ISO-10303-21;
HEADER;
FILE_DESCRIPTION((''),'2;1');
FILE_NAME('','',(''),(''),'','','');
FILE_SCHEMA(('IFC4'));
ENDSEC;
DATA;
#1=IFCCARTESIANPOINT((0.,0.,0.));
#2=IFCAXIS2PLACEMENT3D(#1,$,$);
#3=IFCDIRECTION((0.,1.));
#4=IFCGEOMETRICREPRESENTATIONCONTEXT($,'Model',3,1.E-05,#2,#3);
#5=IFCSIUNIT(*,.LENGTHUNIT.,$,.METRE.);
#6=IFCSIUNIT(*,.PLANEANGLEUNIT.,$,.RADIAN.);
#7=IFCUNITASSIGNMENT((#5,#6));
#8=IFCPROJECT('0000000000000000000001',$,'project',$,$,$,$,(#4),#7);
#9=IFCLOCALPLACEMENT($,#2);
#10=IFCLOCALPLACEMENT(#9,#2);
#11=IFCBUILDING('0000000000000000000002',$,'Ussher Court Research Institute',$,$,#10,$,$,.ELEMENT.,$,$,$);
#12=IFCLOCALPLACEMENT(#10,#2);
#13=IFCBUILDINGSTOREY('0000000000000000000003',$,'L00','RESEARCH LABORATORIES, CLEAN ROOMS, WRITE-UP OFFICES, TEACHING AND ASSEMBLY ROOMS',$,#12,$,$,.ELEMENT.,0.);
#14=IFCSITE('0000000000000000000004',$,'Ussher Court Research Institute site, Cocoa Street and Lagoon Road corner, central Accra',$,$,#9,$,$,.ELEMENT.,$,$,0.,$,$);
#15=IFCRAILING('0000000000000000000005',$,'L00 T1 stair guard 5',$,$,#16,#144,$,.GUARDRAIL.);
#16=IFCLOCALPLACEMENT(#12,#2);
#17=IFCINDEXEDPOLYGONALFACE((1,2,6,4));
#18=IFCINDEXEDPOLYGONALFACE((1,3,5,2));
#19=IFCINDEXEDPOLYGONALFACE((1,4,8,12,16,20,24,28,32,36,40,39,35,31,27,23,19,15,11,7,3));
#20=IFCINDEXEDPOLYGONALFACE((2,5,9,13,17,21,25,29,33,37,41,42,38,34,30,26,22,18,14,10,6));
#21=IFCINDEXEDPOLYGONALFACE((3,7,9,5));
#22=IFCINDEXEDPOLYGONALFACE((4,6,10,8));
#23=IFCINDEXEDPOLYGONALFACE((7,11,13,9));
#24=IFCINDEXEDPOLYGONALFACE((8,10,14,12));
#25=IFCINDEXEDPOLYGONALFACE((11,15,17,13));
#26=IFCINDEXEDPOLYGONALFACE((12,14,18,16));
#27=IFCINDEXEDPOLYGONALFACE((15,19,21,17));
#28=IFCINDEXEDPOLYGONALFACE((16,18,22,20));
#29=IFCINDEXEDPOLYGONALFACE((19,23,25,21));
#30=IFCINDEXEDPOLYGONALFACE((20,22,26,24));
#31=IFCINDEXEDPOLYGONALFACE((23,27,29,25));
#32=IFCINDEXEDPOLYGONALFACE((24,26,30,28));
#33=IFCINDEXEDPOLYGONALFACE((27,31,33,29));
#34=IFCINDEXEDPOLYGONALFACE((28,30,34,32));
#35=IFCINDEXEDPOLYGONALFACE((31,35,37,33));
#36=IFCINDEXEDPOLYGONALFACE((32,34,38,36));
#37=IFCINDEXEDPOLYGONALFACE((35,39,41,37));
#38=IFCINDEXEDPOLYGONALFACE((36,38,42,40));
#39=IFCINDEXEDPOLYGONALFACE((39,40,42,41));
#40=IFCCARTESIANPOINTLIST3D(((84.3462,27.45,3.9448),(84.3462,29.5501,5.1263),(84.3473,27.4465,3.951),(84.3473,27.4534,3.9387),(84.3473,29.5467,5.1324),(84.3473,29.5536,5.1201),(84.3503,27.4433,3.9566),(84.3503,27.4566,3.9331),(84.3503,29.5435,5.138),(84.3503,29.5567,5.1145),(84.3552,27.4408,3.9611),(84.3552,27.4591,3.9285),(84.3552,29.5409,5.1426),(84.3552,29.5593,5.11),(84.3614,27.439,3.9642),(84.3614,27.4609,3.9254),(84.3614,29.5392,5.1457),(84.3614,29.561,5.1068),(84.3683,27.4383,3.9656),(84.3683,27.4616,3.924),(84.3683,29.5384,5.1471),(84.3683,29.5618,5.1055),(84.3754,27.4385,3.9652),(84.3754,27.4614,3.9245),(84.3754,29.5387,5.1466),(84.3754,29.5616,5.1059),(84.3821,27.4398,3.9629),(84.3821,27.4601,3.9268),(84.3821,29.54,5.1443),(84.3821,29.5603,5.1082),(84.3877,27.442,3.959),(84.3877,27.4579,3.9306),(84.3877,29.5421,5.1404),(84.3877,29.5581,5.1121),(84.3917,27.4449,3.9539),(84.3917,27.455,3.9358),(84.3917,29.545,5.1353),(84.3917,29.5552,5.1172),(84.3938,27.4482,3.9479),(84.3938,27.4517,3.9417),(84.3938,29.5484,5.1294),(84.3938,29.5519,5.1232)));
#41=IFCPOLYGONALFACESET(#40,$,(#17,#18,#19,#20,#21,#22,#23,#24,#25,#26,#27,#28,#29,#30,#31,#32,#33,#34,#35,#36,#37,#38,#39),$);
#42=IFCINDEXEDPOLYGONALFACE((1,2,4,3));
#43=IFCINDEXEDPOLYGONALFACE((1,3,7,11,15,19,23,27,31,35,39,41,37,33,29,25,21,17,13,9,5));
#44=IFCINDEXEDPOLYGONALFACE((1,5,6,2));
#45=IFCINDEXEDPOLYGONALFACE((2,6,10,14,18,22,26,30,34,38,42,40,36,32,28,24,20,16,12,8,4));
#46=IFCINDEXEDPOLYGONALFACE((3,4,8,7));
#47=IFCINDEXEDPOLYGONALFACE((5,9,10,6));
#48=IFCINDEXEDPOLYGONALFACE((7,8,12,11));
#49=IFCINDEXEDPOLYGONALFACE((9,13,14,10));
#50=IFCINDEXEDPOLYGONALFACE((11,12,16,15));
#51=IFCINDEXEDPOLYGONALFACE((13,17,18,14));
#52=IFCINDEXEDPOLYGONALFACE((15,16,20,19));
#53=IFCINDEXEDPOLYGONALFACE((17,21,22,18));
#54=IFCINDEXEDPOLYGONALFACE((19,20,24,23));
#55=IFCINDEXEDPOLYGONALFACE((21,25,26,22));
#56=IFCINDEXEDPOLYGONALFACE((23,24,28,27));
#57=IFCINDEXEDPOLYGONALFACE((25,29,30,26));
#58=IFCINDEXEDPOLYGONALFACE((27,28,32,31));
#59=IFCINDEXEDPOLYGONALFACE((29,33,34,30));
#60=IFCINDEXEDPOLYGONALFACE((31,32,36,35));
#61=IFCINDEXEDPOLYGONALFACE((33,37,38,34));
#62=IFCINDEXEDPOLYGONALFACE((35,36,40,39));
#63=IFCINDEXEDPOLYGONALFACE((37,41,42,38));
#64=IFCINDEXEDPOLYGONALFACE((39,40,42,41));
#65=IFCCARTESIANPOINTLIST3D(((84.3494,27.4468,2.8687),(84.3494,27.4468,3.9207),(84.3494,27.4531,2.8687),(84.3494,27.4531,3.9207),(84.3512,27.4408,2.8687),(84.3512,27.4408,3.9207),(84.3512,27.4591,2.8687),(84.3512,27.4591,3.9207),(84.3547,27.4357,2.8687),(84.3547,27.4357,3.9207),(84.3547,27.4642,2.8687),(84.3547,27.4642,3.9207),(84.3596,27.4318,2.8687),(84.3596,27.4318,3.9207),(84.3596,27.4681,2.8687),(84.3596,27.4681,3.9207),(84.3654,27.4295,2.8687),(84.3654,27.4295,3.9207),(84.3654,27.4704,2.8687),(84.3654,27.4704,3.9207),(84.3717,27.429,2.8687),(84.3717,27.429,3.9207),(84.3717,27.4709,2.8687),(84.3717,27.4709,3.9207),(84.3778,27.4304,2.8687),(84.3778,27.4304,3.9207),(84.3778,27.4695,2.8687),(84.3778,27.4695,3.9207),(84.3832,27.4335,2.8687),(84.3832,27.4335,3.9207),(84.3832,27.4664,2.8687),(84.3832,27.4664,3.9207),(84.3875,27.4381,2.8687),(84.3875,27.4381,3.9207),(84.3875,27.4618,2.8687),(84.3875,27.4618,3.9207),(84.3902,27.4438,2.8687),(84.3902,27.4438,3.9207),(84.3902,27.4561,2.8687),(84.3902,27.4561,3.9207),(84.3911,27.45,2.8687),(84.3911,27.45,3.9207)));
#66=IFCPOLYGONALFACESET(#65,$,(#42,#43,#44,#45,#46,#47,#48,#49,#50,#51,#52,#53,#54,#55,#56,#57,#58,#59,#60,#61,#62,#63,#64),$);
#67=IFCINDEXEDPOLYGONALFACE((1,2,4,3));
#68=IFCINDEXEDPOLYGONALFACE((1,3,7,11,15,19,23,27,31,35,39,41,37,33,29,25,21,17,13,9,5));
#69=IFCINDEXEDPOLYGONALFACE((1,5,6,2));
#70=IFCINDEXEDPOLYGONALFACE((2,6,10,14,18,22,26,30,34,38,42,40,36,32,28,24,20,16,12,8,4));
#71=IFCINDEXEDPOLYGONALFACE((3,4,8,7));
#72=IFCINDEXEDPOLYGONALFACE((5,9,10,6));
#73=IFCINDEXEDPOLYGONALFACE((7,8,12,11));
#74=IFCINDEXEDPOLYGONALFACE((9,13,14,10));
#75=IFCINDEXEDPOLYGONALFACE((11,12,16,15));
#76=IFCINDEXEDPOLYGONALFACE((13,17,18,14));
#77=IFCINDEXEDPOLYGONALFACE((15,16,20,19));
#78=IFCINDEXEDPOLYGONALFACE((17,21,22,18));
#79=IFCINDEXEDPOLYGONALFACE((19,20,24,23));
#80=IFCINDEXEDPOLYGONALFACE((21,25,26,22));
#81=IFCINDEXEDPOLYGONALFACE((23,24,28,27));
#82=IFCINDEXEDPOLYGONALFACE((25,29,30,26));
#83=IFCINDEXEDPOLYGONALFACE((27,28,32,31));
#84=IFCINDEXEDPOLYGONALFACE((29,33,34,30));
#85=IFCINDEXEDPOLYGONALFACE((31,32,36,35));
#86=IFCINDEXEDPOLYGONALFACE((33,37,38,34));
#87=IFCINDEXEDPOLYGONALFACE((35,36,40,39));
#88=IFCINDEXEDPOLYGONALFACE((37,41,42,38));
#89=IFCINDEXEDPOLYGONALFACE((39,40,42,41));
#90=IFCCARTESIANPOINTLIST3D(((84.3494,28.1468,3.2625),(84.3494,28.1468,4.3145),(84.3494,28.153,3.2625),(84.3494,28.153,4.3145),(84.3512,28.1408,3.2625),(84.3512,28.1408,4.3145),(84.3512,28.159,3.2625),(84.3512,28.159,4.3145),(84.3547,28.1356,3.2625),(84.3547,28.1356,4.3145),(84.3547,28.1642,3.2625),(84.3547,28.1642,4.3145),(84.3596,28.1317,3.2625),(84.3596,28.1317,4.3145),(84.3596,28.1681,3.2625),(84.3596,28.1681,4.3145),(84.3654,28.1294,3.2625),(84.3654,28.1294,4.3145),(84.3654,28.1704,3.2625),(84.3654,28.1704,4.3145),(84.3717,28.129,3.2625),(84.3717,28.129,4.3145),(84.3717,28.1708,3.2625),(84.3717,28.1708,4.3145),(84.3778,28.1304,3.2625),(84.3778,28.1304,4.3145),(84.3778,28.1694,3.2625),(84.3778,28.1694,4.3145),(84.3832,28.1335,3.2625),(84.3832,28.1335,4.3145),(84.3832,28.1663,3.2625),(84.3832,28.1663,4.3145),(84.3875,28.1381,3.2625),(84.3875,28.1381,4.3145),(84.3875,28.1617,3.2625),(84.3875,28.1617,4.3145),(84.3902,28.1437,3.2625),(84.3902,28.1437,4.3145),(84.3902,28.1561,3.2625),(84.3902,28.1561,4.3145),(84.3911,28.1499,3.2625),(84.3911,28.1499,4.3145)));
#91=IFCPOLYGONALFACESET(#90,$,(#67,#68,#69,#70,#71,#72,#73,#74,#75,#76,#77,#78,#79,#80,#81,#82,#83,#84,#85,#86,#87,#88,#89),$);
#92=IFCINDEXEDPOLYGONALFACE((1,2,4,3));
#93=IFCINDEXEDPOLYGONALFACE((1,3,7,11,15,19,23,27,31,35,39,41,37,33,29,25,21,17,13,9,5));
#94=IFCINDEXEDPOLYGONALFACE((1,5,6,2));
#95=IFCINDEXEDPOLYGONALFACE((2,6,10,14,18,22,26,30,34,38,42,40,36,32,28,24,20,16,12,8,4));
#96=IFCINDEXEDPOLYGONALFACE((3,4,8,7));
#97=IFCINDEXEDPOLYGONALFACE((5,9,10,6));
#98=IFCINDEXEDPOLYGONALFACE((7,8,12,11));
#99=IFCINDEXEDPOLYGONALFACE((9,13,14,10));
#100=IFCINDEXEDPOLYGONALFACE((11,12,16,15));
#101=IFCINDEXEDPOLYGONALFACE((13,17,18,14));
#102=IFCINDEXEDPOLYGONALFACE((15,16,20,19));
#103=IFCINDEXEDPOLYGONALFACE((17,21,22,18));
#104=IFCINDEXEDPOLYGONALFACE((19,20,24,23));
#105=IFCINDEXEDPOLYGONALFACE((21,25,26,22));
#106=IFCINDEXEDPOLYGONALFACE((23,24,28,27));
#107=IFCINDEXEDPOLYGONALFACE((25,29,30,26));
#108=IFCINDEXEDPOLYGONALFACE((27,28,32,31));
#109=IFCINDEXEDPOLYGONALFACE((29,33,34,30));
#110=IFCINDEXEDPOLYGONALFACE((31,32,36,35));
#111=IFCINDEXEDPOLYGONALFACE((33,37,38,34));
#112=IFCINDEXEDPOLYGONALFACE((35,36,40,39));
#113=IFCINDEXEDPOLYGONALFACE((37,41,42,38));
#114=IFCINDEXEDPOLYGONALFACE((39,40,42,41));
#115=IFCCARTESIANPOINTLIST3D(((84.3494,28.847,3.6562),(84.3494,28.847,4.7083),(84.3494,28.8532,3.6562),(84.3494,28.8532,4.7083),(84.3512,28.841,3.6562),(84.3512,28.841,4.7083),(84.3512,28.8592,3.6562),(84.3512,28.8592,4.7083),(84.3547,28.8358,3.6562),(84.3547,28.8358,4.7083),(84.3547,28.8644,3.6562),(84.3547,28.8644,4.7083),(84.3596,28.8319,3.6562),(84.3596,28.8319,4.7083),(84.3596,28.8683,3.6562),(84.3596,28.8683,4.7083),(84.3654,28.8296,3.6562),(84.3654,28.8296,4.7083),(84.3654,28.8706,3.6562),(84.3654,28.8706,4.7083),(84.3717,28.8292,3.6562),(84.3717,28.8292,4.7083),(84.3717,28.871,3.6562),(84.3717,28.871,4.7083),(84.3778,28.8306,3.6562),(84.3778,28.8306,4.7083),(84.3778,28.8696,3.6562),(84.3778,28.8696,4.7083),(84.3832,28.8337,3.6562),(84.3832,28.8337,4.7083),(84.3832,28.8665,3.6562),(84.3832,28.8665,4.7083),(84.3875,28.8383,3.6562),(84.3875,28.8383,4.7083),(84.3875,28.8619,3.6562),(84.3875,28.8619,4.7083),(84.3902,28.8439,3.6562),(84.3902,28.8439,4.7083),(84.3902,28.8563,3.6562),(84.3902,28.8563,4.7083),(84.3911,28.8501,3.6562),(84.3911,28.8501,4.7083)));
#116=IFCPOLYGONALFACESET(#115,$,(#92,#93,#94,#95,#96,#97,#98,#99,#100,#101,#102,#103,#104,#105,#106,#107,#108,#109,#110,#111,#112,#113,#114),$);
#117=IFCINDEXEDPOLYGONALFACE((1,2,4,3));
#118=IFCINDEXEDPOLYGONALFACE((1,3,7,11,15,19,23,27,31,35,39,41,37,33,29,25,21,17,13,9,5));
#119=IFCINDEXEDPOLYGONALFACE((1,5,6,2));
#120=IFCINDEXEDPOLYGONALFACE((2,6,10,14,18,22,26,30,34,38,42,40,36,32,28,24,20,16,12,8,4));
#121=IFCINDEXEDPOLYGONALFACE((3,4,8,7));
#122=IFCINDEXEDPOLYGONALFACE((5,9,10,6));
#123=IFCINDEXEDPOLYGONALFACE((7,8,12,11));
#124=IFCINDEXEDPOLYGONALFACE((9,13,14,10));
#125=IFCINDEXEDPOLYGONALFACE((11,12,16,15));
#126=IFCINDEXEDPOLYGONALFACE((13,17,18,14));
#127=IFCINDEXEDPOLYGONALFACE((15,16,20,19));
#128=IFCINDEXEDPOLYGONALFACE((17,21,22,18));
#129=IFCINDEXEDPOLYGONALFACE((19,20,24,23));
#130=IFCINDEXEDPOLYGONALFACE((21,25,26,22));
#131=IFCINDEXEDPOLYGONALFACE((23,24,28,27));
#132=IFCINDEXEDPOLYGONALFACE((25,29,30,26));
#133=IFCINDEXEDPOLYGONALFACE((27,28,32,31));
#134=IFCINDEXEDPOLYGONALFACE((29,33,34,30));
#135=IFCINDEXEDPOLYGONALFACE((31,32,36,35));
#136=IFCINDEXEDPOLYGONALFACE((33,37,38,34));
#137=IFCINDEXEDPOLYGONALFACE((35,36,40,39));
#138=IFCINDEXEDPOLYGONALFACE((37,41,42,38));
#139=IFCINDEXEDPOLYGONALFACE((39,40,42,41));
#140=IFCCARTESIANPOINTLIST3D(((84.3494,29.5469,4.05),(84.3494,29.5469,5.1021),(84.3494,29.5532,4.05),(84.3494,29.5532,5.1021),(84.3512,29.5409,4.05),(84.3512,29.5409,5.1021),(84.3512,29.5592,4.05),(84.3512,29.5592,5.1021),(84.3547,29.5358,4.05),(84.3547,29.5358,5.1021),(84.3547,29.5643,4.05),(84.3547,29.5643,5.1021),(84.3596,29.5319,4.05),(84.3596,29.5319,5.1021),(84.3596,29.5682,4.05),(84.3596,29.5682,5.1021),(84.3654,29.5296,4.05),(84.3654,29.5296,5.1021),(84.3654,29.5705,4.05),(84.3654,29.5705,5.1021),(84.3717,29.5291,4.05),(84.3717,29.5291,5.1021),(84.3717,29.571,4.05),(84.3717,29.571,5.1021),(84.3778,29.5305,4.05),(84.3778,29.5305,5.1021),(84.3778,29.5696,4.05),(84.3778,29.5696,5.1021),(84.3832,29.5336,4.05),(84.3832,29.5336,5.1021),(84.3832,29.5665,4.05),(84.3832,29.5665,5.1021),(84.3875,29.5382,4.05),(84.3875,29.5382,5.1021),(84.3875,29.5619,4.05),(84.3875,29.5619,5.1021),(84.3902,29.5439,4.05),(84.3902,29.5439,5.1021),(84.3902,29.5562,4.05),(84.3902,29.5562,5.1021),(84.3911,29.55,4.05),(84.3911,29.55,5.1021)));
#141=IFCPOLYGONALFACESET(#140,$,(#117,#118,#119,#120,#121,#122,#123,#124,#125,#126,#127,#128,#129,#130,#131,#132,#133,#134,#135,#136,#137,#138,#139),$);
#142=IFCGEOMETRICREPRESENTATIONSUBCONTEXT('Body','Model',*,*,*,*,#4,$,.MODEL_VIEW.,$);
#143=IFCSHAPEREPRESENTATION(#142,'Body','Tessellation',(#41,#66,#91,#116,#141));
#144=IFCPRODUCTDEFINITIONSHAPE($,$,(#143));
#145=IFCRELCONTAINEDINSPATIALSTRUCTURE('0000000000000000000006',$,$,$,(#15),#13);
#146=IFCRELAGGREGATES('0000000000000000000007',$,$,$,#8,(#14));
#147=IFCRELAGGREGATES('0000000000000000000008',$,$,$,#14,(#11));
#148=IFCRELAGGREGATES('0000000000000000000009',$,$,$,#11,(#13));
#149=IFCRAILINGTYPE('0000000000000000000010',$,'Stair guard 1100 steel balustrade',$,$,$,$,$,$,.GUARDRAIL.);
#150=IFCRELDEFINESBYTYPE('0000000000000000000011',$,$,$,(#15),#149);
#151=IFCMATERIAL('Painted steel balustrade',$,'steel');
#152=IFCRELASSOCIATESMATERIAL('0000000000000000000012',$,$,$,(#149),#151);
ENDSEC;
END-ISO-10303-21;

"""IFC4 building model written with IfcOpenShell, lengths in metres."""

from ifc_helpers import new_model, si_unit, direction, frame, origin, origin_2d, place, context, subcontext, project, spatial, circle, extrude, material, type_object, element, save


model = new_model("IFC4")

# Units and contexts
model_context = context("Model", 3, precision=1e-05, world=origin(), true_north=direction((0.0, 1.0)))
body_context = subcontext(model_context, "Body", "Model", "MODEL_VIEW")
ifc_project = project(units=[si_unit("LENGTHUNIT", "METRE"), si_unit("PLANEANGLEUNIT", "RADIAN")], contexts=[model_context])

# Site, building, storey
site_placement = place(None, origin())
site = spatial("IfcSite", under=ifc_project, at=site_placement, Name="Ussher Court Research Institute site, Cocoa Street and Lagoon Road corner, central Accra", CompositionType="ELEMENT", RefElevation=0.0)
building_placement = place(site_placement, origin())
building = spatial("IfcBuilding", under=site, at=building_placement, Name="Ussher Court Research Institute", CompositionType="ELEMENT")
storey_placement = place(building_placement, origin())
storey = spatial("IfcBuildingStorey", under=building, at=storey_placement, Name="L00", Description="RESEARCH LABORATORIES, CLEAN ROOMS, WRITE-UP OFFICES, TEACHING AND ASSEMBLY ROOMS", CompositionType="ELEMENT", Elevation=0.0)

# Railing
ifc_material_1 = material(Name="Painted steel balustrade", Category="steel")
railing_type_1 = type_object("IfcRailingType", Name="Stair guard 1100 steel balustrade", PredefinedType="GUARDRAIL", material=ifc_material_1)
railing_1_placement = place(storey_placement, frame((84.3701, 27.45, 2.8687)))
element("IfcRailing", 1, at=railing_1_placement, inside=storey, type_object=railing_type_1, Name="L00 T1 stair guard 5", PredefinedType="GUARDRAIL", context=body_context, shape_type="SweptSolid", body=[
    extrude(circle(Radius=0.0239, at=origin_2d()), frame((0.0, 0.0, 1.0762), z_axis=(0.0, 0.871559, 0.49029), x_axis=(-1.0, 0.0, 0.0)), (0.0, 0.0, 1.0), 2.4097),
    extrude(circle(Radius=0.021, at=origin_2d()), origin(), (0.0, 0.0, 1.0), 1.052),
    extrude(circle(Radius=0.021, at=origin_2d()), frame((0.0, 0.7, 0.3938)), (0.0, 0.0, 1.0), 1.052),
    extrude(circle(Radius=0.021, at=origin_2d()), frame((0.0, 1.4001, 0.7876)), (0.0, 0.0, 1.0), 1.052),
    extrude(circle(Radius=0.021, at=origin_2d()), frame((0.0, 2.1001, 1.1814)), (0.0, 0.0, 1.0), 1.052),
])

save(model, "model.ifc")
